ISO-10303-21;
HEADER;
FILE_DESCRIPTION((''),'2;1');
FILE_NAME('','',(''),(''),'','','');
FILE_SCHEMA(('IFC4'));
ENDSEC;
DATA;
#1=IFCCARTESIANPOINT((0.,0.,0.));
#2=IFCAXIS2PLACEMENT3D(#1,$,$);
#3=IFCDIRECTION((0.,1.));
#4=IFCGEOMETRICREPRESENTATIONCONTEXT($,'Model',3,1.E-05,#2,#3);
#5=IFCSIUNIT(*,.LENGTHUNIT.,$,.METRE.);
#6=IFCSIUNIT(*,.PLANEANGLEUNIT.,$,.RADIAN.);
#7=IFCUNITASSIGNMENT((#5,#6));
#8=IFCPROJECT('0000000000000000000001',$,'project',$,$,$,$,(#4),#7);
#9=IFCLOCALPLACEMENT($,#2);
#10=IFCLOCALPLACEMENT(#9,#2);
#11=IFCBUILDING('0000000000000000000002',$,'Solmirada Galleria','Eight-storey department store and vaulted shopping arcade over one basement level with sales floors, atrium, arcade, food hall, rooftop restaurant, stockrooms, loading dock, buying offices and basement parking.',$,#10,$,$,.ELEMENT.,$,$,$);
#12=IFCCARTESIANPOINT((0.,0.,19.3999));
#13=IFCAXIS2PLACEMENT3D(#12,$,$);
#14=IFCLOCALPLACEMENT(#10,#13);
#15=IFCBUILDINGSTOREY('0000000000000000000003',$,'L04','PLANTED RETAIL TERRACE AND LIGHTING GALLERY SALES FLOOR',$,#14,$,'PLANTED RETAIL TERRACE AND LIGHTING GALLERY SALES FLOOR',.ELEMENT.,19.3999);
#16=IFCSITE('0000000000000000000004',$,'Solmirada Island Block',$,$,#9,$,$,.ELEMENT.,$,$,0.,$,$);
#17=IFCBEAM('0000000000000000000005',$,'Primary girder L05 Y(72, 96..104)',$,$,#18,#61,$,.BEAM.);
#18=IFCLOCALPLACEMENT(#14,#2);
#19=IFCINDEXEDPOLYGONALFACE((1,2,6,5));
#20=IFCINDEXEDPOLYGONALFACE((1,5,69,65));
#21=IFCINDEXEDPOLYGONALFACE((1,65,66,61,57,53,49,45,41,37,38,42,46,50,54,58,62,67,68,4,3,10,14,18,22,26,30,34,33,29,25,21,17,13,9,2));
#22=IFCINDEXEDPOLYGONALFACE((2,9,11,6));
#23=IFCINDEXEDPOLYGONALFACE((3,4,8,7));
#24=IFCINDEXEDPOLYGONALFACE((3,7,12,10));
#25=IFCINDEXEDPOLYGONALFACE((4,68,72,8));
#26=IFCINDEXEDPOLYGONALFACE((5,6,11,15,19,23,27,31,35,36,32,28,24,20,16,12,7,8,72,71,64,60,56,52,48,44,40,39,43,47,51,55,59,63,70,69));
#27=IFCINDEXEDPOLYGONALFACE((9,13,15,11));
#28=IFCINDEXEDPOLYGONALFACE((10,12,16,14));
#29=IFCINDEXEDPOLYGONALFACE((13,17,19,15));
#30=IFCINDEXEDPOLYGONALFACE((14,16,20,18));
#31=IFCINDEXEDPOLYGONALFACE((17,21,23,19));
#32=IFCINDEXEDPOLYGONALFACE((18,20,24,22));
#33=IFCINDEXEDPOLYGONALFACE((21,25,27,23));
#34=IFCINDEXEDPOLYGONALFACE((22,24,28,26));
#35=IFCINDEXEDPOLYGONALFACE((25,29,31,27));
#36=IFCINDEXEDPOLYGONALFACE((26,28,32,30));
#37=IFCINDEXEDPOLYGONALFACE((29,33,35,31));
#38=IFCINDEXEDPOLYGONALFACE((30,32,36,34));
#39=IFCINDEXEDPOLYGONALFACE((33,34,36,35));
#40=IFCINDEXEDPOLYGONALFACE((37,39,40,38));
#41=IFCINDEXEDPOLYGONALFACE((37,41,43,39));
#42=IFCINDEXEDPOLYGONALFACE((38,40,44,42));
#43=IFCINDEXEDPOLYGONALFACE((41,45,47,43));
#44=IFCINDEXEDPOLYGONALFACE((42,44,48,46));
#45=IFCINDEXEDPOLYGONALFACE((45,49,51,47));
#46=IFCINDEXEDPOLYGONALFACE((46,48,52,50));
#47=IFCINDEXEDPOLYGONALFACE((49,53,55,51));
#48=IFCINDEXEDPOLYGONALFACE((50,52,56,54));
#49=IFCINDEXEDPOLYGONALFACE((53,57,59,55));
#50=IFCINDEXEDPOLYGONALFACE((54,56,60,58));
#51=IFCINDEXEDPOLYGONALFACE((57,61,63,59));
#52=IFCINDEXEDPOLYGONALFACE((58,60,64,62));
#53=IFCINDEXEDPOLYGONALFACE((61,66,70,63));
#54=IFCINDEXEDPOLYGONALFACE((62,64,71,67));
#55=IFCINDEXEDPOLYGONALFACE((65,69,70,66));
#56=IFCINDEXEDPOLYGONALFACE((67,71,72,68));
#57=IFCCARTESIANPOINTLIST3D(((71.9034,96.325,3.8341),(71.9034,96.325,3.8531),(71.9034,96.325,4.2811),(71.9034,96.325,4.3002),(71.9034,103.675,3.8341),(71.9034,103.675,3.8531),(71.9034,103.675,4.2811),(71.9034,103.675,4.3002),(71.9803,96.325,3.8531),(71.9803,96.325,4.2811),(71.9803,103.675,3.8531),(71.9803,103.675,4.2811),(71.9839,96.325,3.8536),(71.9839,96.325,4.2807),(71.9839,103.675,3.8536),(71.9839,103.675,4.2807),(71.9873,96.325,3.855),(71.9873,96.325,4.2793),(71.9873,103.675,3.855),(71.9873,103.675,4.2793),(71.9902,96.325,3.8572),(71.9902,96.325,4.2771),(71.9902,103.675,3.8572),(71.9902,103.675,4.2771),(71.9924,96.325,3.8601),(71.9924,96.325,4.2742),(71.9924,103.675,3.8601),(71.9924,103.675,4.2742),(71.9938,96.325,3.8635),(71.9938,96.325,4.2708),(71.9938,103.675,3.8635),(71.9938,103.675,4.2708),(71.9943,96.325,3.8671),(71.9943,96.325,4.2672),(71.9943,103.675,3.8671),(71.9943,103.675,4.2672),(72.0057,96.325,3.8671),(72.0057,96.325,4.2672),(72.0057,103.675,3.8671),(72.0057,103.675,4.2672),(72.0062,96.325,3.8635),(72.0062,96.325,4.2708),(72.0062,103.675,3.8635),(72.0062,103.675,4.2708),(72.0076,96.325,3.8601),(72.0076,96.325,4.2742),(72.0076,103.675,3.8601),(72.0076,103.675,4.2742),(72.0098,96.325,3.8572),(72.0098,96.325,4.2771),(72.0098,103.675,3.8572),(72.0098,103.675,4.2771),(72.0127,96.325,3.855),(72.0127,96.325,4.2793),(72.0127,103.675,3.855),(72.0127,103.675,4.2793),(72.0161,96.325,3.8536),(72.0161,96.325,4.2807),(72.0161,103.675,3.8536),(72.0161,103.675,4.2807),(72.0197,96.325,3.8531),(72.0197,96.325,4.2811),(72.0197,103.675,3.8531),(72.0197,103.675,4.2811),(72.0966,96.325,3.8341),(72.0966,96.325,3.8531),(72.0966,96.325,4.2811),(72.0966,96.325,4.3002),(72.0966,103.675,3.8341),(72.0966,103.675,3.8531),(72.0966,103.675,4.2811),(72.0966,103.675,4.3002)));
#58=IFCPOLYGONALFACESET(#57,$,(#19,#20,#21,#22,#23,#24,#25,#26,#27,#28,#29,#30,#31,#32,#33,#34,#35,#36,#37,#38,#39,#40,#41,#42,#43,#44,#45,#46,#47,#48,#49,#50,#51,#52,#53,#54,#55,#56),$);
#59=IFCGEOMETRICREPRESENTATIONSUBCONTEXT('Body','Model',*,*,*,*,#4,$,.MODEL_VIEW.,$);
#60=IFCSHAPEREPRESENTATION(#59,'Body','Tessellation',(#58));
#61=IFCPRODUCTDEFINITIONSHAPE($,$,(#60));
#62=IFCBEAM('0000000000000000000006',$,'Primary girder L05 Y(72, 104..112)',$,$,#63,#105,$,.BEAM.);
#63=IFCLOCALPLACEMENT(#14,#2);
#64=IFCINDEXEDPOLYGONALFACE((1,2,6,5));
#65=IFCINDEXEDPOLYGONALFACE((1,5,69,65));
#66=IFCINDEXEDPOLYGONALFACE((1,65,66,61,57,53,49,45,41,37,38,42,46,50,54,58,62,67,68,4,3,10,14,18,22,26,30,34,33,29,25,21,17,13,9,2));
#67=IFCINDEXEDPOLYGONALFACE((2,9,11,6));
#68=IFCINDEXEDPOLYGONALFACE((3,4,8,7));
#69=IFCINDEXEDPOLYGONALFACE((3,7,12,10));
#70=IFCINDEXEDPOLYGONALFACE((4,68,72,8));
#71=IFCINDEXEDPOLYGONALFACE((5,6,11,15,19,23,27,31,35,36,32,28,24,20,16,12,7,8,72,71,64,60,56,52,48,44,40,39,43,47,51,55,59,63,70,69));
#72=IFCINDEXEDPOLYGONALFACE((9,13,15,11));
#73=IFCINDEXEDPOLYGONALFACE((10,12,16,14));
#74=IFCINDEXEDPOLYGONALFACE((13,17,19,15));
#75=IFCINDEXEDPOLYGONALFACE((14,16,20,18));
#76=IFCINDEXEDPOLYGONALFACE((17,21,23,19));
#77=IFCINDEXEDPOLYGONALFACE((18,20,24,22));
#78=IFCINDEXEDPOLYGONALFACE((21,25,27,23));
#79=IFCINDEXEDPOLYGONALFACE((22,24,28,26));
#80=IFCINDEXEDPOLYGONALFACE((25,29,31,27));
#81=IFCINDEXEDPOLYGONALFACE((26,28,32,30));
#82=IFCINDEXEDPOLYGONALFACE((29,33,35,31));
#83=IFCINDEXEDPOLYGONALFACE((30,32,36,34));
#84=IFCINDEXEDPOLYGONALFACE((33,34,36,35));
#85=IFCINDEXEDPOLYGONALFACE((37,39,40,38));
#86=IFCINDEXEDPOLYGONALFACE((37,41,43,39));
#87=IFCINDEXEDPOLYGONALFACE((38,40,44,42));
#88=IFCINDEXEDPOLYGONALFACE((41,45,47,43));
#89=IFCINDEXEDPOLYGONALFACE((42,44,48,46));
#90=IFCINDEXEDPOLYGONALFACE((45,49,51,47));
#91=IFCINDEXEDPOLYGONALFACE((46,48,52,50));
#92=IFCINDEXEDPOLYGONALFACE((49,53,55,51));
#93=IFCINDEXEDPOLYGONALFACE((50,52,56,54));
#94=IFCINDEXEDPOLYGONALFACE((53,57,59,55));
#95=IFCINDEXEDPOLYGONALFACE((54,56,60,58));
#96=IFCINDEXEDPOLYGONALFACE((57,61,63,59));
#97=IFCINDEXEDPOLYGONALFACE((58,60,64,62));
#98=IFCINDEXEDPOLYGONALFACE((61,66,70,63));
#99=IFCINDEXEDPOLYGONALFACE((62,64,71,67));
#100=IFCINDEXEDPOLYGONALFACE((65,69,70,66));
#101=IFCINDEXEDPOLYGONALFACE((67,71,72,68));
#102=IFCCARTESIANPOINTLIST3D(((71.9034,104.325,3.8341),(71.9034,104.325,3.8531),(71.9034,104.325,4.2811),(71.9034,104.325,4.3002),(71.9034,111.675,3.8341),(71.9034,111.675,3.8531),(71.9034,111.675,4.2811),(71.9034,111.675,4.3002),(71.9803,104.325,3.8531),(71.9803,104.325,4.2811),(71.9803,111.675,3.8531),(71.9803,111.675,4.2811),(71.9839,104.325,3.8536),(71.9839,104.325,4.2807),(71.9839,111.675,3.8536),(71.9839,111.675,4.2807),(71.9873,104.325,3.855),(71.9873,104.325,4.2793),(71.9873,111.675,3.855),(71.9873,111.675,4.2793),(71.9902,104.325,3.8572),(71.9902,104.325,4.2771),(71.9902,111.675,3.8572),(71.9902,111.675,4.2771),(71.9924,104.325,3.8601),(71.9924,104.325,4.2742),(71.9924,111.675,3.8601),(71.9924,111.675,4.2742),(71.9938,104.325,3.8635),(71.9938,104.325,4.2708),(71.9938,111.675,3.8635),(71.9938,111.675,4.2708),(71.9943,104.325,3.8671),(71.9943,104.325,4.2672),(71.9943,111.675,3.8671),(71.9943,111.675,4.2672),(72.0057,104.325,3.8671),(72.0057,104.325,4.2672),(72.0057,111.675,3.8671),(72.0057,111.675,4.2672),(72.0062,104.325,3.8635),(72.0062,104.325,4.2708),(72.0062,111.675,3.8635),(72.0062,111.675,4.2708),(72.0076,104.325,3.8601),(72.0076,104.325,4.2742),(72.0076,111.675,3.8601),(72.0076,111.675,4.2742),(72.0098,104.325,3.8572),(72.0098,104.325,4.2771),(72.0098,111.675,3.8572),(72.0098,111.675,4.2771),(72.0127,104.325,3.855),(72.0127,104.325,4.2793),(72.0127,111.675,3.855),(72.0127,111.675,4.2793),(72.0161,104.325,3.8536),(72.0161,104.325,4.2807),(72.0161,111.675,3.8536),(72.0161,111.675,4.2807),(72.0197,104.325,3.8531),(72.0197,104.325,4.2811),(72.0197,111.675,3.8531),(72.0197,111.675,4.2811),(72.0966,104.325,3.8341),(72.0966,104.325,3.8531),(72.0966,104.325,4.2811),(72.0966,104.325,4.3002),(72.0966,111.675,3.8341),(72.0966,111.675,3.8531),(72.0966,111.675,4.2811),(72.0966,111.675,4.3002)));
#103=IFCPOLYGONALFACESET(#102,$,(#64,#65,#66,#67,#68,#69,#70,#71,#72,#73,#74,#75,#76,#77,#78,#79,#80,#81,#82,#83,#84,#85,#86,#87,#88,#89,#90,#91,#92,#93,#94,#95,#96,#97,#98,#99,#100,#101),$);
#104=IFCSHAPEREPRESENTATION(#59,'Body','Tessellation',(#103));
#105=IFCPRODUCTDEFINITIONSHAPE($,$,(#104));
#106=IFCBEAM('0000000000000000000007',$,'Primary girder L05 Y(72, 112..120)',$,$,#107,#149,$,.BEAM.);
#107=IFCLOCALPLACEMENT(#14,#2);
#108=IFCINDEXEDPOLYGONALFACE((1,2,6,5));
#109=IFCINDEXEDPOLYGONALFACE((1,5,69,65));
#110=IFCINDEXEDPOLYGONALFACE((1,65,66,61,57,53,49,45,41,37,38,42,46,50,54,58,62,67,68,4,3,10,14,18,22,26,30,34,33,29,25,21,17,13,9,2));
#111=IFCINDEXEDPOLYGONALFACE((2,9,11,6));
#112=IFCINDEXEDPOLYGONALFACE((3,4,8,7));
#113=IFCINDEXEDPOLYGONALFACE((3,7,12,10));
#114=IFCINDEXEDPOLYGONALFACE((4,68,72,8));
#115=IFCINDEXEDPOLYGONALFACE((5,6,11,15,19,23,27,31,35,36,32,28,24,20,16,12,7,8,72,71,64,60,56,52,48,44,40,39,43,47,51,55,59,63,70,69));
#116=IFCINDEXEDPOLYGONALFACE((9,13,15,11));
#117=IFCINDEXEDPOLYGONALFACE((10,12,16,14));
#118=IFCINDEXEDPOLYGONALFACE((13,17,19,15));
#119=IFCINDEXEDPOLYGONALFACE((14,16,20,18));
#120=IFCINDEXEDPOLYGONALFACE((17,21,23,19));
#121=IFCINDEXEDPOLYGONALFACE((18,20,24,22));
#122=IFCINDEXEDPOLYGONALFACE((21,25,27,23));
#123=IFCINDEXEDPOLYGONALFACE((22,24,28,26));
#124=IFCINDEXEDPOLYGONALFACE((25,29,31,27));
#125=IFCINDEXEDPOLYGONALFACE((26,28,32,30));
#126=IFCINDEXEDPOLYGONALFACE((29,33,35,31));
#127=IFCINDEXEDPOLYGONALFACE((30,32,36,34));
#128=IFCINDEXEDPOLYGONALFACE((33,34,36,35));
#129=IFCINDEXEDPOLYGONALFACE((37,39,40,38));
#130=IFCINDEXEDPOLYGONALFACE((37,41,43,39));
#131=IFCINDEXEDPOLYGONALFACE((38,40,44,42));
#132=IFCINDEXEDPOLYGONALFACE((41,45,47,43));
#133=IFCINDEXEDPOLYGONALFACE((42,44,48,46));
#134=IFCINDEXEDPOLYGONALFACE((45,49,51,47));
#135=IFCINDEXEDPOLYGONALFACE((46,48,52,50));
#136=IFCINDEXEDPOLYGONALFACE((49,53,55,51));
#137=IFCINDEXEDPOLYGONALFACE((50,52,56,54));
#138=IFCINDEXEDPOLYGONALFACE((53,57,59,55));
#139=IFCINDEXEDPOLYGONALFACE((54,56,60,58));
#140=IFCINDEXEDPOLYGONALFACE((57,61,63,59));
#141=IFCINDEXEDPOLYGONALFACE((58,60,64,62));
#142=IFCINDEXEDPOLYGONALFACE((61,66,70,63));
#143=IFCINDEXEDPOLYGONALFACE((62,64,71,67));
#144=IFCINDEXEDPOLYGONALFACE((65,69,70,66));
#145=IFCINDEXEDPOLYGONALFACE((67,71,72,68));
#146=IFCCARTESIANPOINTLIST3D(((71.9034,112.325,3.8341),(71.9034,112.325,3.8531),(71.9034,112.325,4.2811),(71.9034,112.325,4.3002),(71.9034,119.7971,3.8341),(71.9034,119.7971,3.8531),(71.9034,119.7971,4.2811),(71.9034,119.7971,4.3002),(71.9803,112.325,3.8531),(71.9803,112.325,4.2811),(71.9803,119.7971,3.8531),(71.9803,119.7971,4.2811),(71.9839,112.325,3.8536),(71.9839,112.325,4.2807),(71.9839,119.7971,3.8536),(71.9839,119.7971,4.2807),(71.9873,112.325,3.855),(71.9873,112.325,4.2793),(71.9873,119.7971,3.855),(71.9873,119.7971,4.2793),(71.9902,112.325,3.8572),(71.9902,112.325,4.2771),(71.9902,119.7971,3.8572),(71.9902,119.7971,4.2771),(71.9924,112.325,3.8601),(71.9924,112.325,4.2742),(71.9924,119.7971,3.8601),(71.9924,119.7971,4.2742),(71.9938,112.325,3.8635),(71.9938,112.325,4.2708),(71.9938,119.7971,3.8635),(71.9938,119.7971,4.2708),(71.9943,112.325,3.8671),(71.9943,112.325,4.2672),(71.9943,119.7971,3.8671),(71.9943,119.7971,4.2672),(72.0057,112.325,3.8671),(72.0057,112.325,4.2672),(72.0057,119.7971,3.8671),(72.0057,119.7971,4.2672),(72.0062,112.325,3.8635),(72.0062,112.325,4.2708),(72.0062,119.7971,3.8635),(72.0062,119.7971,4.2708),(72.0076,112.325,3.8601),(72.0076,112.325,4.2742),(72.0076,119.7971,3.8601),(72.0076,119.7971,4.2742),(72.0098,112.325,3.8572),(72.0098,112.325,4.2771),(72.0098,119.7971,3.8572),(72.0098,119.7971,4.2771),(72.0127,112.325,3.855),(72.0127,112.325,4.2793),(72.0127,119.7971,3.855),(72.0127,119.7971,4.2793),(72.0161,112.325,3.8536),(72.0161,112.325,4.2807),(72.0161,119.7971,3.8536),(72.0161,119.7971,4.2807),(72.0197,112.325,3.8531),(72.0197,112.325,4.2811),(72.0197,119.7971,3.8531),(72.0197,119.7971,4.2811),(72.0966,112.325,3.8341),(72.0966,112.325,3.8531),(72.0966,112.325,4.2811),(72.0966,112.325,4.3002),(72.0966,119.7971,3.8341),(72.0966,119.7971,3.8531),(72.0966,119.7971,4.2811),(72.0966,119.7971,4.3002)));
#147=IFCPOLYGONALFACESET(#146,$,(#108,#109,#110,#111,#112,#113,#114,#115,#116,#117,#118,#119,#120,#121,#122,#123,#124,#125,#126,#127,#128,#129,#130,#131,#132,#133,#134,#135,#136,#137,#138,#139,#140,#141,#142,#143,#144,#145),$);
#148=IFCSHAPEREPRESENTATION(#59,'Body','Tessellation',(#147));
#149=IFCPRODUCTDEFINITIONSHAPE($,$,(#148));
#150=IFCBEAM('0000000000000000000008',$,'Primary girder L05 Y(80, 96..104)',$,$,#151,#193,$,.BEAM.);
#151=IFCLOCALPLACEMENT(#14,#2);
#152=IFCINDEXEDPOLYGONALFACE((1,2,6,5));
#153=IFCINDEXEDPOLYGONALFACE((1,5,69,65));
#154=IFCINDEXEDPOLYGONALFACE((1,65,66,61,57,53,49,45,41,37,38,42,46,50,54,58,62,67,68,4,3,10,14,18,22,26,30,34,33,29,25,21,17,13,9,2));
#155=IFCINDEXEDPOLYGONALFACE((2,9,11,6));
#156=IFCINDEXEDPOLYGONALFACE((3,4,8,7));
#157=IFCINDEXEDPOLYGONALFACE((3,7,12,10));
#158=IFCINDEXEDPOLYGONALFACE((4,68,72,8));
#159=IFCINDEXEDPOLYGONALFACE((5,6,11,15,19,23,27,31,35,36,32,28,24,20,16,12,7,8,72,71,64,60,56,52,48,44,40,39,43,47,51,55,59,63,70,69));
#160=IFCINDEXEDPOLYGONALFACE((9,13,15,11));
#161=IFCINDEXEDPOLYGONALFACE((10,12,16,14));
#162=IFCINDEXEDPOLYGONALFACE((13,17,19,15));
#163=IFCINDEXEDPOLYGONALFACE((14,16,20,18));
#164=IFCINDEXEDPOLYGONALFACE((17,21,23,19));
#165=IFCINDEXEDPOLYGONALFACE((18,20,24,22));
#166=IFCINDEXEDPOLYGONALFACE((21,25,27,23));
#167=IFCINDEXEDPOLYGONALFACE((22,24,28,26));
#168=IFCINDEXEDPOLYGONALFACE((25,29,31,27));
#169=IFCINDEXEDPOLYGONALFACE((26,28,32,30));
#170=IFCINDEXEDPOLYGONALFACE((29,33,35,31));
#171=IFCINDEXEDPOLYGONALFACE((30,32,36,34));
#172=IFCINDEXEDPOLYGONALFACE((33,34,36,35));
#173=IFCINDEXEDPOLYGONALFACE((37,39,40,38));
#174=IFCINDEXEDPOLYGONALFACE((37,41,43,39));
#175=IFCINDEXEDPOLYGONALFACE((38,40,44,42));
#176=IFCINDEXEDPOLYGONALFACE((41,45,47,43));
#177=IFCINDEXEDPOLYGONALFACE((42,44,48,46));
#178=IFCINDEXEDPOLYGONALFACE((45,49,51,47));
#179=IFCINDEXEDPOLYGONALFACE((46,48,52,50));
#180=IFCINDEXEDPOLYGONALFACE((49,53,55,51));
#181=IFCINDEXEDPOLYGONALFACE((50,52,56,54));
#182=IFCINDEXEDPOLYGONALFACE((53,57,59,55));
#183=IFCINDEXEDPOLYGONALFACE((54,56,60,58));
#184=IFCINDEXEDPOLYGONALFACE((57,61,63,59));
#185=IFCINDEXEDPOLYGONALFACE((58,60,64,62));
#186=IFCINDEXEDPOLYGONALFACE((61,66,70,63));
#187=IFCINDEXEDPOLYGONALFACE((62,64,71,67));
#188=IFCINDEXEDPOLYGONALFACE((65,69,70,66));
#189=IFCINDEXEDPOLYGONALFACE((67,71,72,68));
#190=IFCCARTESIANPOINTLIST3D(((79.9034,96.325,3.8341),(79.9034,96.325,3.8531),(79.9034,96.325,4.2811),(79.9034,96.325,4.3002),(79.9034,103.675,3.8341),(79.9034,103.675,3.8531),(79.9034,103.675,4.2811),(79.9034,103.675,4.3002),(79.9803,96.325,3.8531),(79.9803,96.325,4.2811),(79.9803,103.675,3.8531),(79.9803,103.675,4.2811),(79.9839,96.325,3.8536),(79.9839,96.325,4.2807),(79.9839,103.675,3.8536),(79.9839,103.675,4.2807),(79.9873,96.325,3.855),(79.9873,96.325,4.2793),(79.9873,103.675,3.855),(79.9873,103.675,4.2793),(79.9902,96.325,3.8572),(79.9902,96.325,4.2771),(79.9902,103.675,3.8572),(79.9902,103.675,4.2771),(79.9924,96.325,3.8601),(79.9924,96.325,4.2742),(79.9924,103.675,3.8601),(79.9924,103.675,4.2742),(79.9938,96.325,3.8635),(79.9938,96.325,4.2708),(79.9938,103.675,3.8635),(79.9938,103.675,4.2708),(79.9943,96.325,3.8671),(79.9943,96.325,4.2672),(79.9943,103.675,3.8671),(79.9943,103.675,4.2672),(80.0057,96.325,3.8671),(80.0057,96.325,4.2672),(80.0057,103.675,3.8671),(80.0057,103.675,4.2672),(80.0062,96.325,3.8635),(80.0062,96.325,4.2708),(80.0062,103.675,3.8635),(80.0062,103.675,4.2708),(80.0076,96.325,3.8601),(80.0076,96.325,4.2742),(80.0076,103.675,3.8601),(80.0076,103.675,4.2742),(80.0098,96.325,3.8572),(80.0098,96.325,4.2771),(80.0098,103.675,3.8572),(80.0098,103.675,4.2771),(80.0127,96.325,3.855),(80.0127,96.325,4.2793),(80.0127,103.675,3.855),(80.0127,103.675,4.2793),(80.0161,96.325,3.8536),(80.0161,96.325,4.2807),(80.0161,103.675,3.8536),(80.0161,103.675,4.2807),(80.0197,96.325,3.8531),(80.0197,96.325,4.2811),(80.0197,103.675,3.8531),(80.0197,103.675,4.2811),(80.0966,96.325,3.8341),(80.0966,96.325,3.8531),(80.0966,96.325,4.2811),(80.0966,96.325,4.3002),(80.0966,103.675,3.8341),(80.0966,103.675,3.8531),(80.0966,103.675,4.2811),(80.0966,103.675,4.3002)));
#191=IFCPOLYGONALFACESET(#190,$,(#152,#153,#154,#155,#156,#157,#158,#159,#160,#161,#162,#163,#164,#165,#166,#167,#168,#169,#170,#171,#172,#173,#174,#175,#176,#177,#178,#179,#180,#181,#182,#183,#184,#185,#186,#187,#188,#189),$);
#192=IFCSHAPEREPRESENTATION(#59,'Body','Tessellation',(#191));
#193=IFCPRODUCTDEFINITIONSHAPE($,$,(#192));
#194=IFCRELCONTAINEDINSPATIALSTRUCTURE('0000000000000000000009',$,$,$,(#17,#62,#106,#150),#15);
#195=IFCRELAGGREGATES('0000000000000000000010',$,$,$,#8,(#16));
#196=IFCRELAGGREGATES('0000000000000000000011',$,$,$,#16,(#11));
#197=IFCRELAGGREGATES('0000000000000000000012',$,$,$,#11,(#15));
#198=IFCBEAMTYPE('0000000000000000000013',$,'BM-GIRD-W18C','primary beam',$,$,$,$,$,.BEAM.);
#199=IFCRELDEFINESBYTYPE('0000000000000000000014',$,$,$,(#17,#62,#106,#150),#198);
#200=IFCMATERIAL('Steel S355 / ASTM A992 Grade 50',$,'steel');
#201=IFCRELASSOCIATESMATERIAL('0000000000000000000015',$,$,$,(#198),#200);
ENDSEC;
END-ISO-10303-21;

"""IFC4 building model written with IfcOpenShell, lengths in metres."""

from ifc_helpers import new_model, si_unit, direction, frame, origin, origin_2d, place, context, subcontext, project, spatial, i_section, extrude, material, material_profile, profile_set, type_object, element, save


model = new_model("IFC4")

# Units and contexts
model_context = context("Model", 3, precision=1e-05, world=origin(), true_north=direction((0.0, 1.0)))
body_context = subcontext(model_context, "Body", "Model", "MODEL_VIEW")
ifc_project = project(units=[si_unit("LENGTHUNIT", "METRE"), si_unit("PLANEANGLEUNIT", "RADIAN")], contexts=[model_context])

# Site, building, storey
site_placement = place(None, origin())
site = spatial("IfcSite", under=ifc_project, at=site_placement, Name="Solmirada Island Block", CompositionType="ELEMENT", RefElevation=0.0)
building_placement = place(site_placement, origin())
building = spatial("IfcBuilding", under=site, at=building_placement, Name="Solmirada Galleria", Description="Eight-storey department store and vaulted shopping arcade over one basement level with sales floors, atrium, arcade, food hall, rooftop restaurant, stockrooms, loading dock, buying offices and basement parking.", CompositionType="ELEMENT")
storey_placement = place(building_placement, frame((0.0, 0.0, 19.3999)))
storey = spatial("IfcBuildingStorey", under=building, at=storey_placement, Name="L04", Description="PLANTED RETAIL TERRACE AND LIGHTING GALLERY SALES FLOOR", LongName="PLANTED RETAIL TERRACE AND LIGHTING GALLERY SALES FLOOR", CompositionType="ELEMENT", Elevation=19.3999)

# Beams
ifc_material_1 = material(Name="Steel S355 / ASTM A992 Grade 50", Category="steel")
ifc_material_profile_1 = material_profile(ifc_material_1, i_section(OverallWidth=0.1931, OverallDepth=0.4661, WebThickness=0.0115, FlangeThickness=0.019, FilletRadius=0.0139, at=origin_2d()), Name="W18X65")
ifc_profile_set_1 = profile_set([ifc_material_profile_1], Name="Steel S355 / ASTM A992 Grade 50")
beam_type_1 = type_object("IfcBeamType", Name="BM-GIRD-W18C", Description="primary beam", PredefinedType="BEAM", material=ifc_profile_set_1)
for number, where, z_axis, x_axis, name in (
    (1, (72.0, 96.325, 4.0671), (0.0, 1.0, 0.0), (-1.0, 0.0, 0.0), "Primary girder L05 Y(72, 96..104)"),
    (2, (72.0, 104.325, 4.0671), (0.0, 1.0, 0.0), (-1.0, 0.0, 0.0), "Primary girder L05 Y(72, 104..112)"),
):
    element("IfcBeam", number, at=place(storey_placement, frame(where, z_axis=z_axis, x_axis=x_axis)), inside=storey, type_object=beam_type_1, Name=name, PredefinedType="BEAM", context=body_context, shape_type="SweptSolid", body=[
        extrude(i_section(OverallWidth=0.1931, OverallDepth=0.4661, WebThickness=0.0115, FlangeThickness=0.019, FilletRadius=0.0139, at=origin_2d()), origin(), (0.0, 0.0, 1.0), 7.3501),
    ])
beam_1_placement = place(storey_placement, frame((72.0, 112.325, 4.0671), z_axis=(0.0, 1.0, 0.0), x_axis=(-1.0, 0.0, 0.0)))
element("IfcBeam", 3, at=beam_1_placement, inside=storey, type_object=beam_type_1, Name="Primary girder L05 Y(72, 112..120)", PredefinedType="BEAM", context=body_context, shape_type="SweptSolid", body=[
    extrude(i_section(OverallWidth=0.1931, OverallDepth=0.4661, WebThickness=0.0115, FlangeThickness=0.019, FilletRadius=0.0139, at=origin_2d()), origin(), (0.0, 0.0, 1.0), 7.4722),
])
for number, where, z_axis, x_axis, name in (
    (4, (80.0, 96.325, 4.0671), (0.0, 1.0, 0.0), (-1.0, 0.0, 0.0), "Primary girder L05 Y(80, 96..104)"),
):
    element("IfcBeam", number, at=place(storey_placement, frame(where, z_axis=z_axis, x_axis=x_axis)), inside=storey, type_object=beam_type_1, Name=name, PredefinedType="BEAM", context=body_context, shape_type="SweptSolid", body=[
        extrude(i_section(OverallWidth=0.1931, OverallDepth=0.4661, WebThickness=0.0115, FlangeThickness=0.019, FilletRadius=0.0139, at=origin_2d()), origin(), (0.0, 0.0, 1.0), 7.3501),
    ])

save(model, "model.ifc")
